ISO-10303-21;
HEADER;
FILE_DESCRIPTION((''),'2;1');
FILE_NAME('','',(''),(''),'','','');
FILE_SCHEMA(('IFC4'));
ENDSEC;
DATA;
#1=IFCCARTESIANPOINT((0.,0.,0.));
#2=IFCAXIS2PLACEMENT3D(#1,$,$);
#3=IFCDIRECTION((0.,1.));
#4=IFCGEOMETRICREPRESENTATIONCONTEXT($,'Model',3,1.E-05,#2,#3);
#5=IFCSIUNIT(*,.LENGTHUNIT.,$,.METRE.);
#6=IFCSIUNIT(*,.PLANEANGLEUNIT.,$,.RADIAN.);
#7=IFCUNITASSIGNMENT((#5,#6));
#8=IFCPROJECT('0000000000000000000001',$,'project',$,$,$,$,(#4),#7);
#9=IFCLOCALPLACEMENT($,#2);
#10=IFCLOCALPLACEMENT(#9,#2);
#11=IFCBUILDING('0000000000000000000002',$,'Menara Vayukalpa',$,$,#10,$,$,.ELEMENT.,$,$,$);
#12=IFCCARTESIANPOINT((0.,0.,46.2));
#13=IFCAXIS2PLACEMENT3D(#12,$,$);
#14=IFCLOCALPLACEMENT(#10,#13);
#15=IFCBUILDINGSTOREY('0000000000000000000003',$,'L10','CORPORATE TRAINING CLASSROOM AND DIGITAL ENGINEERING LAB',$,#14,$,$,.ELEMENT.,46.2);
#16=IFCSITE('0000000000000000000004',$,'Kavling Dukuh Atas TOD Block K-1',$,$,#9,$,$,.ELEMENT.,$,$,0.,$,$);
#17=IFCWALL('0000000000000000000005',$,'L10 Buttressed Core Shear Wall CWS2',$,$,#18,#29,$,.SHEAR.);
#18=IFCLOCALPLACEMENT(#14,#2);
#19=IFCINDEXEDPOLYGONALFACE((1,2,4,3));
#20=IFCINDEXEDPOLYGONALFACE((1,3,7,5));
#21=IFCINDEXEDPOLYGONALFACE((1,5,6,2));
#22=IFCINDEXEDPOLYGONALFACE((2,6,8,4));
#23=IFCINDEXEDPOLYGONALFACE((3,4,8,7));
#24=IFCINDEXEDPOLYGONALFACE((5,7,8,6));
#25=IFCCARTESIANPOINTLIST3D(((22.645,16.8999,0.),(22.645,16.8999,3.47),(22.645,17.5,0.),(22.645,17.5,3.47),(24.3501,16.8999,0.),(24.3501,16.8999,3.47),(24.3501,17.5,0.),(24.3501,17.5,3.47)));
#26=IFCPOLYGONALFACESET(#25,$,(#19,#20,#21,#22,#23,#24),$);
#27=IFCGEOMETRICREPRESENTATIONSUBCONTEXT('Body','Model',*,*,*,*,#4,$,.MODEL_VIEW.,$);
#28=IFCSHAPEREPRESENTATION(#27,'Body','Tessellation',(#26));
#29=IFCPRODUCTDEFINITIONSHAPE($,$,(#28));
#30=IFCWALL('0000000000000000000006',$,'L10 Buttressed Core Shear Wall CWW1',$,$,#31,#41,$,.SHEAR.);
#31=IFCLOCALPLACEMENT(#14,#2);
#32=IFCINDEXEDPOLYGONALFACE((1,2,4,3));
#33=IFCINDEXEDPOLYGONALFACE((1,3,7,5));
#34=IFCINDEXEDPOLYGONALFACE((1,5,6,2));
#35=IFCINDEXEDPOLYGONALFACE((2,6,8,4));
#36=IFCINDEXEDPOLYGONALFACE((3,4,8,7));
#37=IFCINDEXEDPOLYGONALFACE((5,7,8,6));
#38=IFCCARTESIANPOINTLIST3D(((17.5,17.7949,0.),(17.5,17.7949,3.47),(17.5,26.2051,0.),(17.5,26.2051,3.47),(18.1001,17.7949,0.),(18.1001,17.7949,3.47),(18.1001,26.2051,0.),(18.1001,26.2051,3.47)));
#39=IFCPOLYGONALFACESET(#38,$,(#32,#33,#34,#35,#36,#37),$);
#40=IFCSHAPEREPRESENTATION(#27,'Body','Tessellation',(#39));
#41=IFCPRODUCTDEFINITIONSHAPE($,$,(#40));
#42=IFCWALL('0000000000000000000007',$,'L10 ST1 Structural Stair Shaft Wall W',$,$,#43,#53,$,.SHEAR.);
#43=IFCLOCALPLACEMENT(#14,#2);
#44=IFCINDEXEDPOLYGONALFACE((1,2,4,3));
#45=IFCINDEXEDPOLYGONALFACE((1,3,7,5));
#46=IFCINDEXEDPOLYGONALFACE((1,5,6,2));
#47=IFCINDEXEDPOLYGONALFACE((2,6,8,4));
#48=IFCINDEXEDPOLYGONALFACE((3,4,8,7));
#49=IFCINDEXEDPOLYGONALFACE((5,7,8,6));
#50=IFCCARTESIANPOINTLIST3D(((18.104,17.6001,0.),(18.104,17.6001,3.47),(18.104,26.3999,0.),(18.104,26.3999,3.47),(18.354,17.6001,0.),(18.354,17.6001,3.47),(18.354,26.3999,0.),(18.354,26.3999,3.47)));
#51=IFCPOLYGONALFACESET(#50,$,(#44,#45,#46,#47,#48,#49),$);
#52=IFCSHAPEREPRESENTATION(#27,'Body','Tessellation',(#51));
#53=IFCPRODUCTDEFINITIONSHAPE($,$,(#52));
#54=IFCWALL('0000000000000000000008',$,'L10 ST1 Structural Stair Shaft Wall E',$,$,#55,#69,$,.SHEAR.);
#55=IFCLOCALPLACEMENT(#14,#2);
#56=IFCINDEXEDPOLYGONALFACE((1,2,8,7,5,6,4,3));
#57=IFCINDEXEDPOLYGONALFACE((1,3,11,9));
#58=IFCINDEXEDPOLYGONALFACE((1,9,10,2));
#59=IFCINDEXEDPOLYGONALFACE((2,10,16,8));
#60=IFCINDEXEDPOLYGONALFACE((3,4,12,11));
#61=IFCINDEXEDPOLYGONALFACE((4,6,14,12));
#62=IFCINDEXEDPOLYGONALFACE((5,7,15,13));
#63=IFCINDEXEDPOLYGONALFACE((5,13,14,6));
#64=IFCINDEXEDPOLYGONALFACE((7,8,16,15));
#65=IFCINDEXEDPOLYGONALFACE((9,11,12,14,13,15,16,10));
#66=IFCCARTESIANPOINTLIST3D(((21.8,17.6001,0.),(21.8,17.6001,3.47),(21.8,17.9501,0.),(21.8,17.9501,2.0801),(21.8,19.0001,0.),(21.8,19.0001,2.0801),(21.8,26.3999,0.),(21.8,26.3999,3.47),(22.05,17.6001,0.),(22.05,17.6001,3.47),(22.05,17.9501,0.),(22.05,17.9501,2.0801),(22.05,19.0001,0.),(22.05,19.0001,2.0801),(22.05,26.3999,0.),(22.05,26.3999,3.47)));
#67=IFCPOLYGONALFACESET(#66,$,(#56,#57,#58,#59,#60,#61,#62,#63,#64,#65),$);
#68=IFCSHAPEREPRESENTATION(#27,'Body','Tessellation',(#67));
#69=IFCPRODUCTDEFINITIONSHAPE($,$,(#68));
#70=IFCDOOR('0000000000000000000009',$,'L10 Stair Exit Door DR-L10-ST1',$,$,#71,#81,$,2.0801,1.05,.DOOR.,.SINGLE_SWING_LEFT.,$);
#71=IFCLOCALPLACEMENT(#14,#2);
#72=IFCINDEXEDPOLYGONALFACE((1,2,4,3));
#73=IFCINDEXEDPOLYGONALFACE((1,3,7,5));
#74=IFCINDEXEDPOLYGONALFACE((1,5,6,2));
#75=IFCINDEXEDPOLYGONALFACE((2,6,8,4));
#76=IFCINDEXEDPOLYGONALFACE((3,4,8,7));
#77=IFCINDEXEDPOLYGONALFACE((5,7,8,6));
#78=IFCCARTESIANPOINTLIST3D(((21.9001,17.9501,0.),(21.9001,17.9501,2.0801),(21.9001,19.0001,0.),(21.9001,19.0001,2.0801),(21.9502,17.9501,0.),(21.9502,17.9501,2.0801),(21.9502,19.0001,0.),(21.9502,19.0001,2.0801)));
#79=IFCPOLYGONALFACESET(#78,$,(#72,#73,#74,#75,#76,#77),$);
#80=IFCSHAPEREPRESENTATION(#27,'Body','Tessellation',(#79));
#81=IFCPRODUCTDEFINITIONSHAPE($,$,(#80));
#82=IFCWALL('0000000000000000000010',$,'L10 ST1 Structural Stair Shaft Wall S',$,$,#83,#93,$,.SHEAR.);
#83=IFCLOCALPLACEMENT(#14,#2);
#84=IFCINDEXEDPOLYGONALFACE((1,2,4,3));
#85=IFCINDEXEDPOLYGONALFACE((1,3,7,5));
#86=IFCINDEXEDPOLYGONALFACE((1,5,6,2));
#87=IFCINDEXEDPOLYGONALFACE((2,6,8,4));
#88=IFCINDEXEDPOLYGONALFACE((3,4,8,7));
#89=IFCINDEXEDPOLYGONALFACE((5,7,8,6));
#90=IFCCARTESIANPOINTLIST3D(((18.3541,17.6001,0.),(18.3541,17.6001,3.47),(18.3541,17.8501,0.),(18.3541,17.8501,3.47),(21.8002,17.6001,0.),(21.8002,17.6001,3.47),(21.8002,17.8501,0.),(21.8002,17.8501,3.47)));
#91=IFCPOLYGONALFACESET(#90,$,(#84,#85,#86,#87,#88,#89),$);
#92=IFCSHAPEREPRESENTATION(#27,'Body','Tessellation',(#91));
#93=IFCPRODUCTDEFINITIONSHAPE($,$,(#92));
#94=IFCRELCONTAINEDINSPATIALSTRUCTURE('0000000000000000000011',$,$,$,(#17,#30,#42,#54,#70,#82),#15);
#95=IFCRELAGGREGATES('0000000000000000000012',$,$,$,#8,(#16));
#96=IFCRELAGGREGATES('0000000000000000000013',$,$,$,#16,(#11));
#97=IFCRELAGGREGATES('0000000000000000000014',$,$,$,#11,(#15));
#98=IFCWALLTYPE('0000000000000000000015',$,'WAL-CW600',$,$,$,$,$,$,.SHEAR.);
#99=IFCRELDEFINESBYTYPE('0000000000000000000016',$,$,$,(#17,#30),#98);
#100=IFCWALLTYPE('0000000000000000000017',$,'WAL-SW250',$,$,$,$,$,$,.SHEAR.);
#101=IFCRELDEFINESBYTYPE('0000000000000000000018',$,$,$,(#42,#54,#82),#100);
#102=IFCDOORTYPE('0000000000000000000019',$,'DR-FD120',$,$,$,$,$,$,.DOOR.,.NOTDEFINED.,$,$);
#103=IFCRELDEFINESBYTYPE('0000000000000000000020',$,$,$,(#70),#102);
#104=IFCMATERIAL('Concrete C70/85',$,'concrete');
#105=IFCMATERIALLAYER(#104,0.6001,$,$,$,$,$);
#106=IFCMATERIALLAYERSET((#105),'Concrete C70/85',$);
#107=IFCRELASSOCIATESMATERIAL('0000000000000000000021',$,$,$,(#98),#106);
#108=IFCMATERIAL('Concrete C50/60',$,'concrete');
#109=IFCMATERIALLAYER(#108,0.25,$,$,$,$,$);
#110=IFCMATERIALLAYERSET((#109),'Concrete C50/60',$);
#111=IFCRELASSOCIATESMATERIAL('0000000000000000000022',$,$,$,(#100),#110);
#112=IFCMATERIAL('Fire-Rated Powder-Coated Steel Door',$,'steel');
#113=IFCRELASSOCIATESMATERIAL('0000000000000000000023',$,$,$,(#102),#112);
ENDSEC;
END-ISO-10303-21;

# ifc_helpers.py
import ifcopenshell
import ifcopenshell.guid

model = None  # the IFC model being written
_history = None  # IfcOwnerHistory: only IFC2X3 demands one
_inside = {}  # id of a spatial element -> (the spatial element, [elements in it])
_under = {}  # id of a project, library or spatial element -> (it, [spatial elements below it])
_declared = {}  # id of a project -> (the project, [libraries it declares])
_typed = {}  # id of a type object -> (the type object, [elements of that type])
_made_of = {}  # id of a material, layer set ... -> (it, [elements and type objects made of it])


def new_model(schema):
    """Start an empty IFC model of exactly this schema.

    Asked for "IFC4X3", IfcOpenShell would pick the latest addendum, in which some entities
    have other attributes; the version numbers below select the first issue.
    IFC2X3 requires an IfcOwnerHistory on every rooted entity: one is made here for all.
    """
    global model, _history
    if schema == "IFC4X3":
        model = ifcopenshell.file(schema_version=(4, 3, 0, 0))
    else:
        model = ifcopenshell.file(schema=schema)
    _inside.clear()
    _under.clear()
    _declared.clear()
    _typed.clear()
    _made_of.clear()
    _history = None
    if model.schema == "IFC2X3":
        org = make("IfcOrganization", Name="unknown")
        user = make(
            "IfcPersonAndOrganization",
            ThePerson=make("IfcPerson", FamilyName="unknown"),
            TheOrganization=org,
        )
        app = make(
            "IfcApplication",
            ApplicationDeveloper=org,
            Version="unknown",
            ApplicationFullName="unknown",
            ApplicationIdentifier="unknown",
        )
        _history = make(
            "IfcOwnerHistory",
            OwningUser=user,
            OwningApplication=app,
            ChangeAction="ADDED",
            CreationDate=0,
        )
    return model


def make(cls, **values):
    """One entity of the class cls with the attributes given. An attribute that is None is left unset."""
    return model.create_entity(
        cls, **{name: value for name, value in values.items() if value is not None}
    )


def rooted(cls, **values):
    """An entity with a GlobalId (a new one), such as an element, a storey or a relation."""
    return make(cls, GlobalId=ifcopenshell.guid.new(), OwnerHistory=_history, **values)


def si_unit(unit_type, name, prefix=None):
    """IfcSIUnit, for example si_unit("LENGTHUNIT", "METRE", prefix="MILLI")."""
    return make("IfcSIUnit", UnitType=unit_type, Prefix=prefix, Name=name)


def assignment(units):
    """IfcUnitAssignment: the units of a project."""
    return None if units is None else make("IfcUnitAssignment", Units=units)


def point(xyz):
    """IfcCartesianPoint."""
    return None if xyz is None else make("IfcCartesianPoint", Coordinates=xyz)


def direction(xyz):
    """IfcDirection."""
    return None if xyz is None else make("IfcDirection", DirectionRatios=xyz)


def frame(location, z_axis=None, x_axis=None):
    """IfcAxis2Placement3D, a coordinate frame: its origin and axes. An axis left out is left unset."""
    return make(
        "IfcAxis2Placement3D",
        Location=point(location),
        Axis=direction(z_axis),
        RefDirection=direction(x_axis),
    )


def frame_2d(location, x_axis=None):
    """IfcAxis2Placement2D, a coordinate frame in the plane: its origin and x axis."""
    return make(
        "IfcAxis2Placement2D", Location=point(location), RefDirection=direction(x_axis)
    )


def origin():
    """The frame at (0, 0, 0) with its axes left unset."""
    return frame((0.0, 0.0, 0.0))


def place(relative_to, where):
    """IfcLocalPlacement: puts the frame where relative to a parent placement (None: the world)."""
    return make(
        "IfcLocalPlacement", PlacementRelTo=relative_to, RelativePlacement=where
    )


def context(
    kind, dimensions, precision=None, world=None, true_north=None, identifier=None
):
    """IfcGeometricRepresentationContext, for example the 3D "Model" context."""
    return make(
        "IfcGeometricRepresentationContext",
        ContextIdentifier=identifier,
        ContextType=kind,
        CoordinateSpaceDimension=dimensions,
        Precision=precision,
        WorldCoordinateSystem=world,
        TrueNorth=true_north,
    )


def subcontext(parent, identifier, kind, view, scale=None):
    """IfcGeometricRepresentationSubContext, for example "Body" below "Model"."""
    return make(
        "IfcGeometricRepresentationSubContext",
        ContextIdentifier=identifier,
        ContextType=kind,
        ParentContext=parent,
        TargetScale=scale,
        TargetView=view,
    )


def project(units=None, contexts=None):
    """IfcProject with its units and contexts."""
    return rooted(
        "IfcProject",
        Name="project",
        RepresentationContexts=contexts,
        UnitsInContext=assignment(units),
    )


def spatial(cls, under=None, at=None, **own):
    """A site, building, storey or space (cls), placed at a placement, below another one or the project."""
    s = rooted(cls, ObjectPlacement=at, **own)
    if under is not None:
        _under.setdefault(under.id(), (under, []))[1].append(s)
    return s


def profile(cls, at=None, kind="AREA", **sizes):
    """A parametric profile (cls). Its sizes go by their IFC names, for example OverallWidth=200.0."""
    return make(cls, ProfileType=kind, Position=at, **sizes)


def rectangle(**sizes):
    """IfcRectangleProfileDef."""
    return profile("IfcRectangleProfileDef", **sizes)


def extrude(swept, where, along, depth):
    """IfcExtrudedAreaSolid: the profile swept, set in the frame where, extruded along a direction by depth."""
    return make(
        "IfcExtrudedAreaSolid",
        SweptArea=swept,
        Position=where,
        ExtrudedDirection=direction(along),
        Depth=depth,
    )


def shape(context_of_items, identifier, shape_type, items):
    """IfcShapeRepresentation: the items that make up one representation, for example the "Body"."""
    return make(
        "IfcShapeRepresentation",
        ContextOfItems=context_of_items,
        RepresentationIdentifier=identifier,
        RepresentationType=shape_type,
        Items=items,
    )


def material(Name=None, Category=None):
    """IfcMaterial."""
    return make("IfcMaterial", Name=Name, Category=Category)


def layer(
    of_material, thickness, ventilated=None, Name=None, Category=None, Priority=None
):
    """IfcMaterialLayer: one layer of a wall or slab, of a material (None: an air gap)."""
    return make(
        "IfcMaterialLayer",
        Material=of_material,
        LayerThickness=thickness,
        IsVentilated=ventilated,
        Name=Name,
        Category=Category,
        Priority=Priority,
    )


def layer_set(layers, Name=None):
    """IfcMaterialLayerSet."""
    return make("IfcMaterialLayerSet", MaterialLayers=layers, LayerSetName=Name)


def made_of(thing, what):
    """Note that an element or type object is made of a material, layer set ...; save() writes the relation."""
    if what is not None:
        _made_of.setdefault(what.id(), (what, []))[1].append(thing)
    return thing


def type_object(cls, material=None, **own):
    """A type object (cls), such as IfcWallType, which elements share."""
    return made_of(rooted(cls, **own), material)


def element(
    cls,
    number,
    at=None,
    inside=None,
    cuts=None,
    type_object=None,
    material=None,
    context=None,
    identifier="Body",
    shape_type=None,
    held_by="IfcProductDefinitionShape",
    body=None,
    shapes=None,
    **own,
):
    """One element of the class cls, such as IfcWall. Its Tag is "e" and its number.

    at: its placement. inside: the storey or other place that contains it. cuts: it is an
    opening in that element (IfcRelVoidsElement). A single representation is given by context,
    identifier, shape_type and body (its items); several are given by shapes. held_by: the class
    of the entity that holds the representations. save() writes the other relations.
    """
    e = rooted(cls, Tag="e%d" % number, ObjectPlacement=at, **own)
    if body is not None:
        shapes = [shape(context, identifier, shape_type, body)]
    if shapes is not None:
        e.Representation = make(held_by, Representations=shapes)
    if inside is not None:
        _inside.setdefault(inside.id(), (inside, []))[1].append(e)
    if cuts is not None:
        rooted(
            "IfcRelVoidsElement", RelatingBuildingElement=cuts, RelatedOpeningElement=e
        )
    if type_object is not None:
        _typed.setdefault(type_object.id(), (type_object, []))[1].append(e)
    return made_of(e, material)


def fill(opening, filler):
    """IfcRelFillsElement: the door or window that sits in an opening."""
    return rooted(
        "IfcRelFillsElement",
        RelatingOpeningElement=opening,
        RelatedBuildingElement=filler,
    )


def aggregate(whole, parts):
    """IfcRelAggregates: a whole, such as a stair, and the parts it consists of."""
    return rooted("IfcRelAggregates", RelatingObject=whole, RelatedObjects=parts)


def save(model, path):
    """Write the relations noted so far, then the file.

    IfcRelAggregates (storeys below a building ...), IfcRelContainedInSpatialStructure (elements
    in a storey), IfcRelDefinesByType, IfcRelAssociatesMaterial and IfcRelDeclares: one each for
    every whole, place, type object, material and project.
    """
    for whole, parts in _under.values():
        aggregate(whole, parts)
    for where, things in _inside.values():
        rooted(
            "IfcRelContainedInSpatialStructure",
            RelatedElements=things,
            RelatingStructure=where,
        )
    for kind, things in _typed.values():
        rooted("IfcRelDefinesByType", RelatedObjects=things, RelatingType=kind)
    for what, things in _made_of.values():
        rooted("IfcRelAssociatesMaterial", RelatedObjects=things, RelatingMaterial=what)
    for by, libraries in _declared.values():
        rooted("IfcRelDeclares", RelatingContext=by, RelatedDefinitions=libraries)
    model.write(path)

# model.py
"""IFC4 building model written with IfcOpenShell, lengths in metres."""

from ifc_helpers import new_model, si_unit, direction, frame, frame_2d, origin, place, context, subcontext, project, spatial, rectangle, extrude, material, layer, layer_set, type_object, element, fill, save


model = new_model("IFC4")

# Units and contexts
model_context = context("Model", 3, precision=1e-05, world=origin(), true_north=direction((0.0, 1.0)))
body_context = subcontext(model_context, "Body", "Model", "MODEL_VIEW")
ifc_project = project(units=[si_unit("LENGTHUNIT", "METRE"), si_unit("PLANEANGLEUNIT", "RADIAN")], contexts=[model_context])

# Site, building, storey
site_placement = place(None, origin())
site = spatial("IfcSite", under=ifc_project, at=site_placement, Name="Kavling Dukuh Atas TOD Block K-1", CompositionType="ELEMENT", RefElevation=0.0)
building_placement = place(site_placement, origin())
building = spatial("IfcBuilding", under=site, at=building_placement, Name="Menara Vayukalpa", CompositionType="ELEMENT")
storey_placement = place(building_placement, frame((0.0, 0.0, 46.2)))
storey = spatial("IfcBuildingStorey", under=building, at=storey_placement, Name="L10", Description="CORPORATE TRAINING CLASSROOM AND DIGITAL ENGINEERING LAB", CompositionType="ELEMENT", Elevation=46.2)

# Walls
ifc_material_1 = material(Name="Concrete C70/85", Category="concrete")
ifc_layer_1 = layer(ifc_material_1, 0.6001)
ifc_layer_set_1 = layer_set([ifc_layer_1], Name="Concrete C70/85")
wall_type_1 = type_object("IfcWallType", Name="WAL-CW600", PredefinedType="SHEAR", material=ifc_layer_set_1)
wall_1_placement = place(storey_placement, frame((22.645, 17.2, 0.0), z_axis=(0.0, 0.0, 1.0), x_axis=(1.0, 0.0, 0.0)))
element("IfcWall", 1, at=wall_1_placement, inside=storey, type_object=wall_type_1, Name="L10 Buttressed Core Shear Wall CWS2", PredefinedType="SHEAR", context=body_context, shape_type="SweptSolid", body=[
    extrude(rectangle(XDim=1.7051, YDim=0.6001, at=frame_2d((0.8525, 0.0))), origin(), (0.0, 0.0, 1.0), 3.47),
])
wall_2_placement = place(storey_placement, frame((17.8, 17.7949, 0.0), z_axis=(0.0, 0.0, 1.0), x_axis=(0.0, 1.0, 0.0)))
element("IfcWall", 2, at=wall_2_placement, inside=storey, type_object=wall_type_1, Name="L10 Buttressed Core Shear Wall CWW1", PredefinedType="SHEAR", context=body_context, shape_type="SweptSolid", body=[
    extrude(rectangle(XDim=8.4102, YDim=0.6001, at=frame_2d((4.2051, 0.0))), origin(), (0.0, 0.0, 1.0), 3.47),
])
ifc_material_2 = material(Name="Concrete C50/60", Category="concrete")
ifc_layer_2 = layer(ifc_material_2, 0.25)
ifc_layer_set_2 = layer_set([ifc_layer_2], Name="Concrete C50/60")
wall_type_2 = type_object("IfcWallType", Name="WAL-SW250", PredefinedType="SHEAR", material=ifc_layer_set_2)
wall_3_placement = place(storey_placement, frame((18.229, 17.6001, 0.0), z_axis=(0.0, 0.0, 1.0), x_axis=(0.0, 1.0, 0.0)))
element("IfcWall", 3, at=wall_3_placement, inside=storey, type_object=wall_type_2, Name="L10 ST1 Structural Stair Shaft Wall W", PredefinedType="SHEAR", context=body_context, shape_type="SweptSolid", body=[
    extrude(rectangle(XDim=8.7998, YDim=0.25, at=frame_2d((4.3999, 0.0))), origin(), (0.0, 0.0, 1.0), 3.47),
])

# Wall, opening, door
wall_4_placement = place(storey_placement, frame((21.925, 17.6001, 0.0), z_axis=(0.0, 0.0, 1.0), x_axis=(0.0, 1.0, 0.0)))
wall_4 = element("IfcWall", 4, at=wall_4_placement, inside=storey, type_object=wall_type_2, Name="L10 ST1 Structural Stair Shaft Wall E", PredefinedType="SHEAR", context=body_context, shape_type="SweptSolid", body=[
    extrude(rectangle(XDim=8.7998, YDim=0.25, at=frame_2d((4.3999, 0.0))), origin(), (0.0, 0.0, 1.0), 3.47),
])
opening_placement = place(wall_4_placement, frame((0.3501, 0.0, 0.0)))
opening = element("IfcOpeningElement", 5, at=opening_placement, cuts=wall_4, PredefinedType="OPENING", context=body_context, shape_type="SweptSolid", body=[
    extrude(rectangle(XDim=1.05, YDim=2.0801, at=frame_2d((0.5249, 1.04))), frame((0.0, 0.135, 0.0), z_axis=(0.0, -1.0, 0.0), x_axis=(1.0, 0.0, 0.0)), (0.0, 0.0, 1.0), 0.27),
])
ifc_material_3 = material(Name="Fire-Rated Powder-Coated Steel Door", Category="steel")
door_type = type_object("IfcDoorType", Name="DR-FD120", OperationType="NOTDEFINED", PredefinedType="DOOR", material=ifc_material_3)
door_placement = place(opening_placement, origin())
door = element("IfcDoor", 6, at=door_placement, inside=storey, type_object=door_type, Name="L10 Stair Exit Door DR-L10-ST1", OperationType="SINGLE_SWING_LEFT", OverallHeight=2.0801, OverallWidth=1.05, PredefinedType="DOOR", context=body_context, shape_type="SweptSolid", body=[
    extrude(rectangle(XDim=1.05, YDim=2.0801, at=frame_2d((0.5249, 1.04))), frame((0.0, 0.0249, 0.0), z_axis=(0.0, -1.0, 0.0), x_axis=(1.0, 0.0, 0.0)), (0.0, 0.0, 1.0), 0.05),
])
fill(opening, door)

# Wall
wall_5_placement = place(storey_placement, frame((18.354, 17.7251, 0.0), z_axis=(0.0, 0.0, 1.0), x_axis=(1.0, 0.0, 0.0)))
element("IfcWall", 7, at=wall_5_placement, inside=storey, type_object=wall_type_2, Name="L10 ST1 Structural Stair Shaft Wall S", PredefinedType="SHEAR", context=body_context, shape_type="SweptSolid", body=[
    extrude(rectangle(XDim=3.446, YDim=0.25, at=frame_2d((1.7231, 0.0))), origin(), (0.0, 0.0, 1.0), 3.47),
])

save(model, "model.ifc")
